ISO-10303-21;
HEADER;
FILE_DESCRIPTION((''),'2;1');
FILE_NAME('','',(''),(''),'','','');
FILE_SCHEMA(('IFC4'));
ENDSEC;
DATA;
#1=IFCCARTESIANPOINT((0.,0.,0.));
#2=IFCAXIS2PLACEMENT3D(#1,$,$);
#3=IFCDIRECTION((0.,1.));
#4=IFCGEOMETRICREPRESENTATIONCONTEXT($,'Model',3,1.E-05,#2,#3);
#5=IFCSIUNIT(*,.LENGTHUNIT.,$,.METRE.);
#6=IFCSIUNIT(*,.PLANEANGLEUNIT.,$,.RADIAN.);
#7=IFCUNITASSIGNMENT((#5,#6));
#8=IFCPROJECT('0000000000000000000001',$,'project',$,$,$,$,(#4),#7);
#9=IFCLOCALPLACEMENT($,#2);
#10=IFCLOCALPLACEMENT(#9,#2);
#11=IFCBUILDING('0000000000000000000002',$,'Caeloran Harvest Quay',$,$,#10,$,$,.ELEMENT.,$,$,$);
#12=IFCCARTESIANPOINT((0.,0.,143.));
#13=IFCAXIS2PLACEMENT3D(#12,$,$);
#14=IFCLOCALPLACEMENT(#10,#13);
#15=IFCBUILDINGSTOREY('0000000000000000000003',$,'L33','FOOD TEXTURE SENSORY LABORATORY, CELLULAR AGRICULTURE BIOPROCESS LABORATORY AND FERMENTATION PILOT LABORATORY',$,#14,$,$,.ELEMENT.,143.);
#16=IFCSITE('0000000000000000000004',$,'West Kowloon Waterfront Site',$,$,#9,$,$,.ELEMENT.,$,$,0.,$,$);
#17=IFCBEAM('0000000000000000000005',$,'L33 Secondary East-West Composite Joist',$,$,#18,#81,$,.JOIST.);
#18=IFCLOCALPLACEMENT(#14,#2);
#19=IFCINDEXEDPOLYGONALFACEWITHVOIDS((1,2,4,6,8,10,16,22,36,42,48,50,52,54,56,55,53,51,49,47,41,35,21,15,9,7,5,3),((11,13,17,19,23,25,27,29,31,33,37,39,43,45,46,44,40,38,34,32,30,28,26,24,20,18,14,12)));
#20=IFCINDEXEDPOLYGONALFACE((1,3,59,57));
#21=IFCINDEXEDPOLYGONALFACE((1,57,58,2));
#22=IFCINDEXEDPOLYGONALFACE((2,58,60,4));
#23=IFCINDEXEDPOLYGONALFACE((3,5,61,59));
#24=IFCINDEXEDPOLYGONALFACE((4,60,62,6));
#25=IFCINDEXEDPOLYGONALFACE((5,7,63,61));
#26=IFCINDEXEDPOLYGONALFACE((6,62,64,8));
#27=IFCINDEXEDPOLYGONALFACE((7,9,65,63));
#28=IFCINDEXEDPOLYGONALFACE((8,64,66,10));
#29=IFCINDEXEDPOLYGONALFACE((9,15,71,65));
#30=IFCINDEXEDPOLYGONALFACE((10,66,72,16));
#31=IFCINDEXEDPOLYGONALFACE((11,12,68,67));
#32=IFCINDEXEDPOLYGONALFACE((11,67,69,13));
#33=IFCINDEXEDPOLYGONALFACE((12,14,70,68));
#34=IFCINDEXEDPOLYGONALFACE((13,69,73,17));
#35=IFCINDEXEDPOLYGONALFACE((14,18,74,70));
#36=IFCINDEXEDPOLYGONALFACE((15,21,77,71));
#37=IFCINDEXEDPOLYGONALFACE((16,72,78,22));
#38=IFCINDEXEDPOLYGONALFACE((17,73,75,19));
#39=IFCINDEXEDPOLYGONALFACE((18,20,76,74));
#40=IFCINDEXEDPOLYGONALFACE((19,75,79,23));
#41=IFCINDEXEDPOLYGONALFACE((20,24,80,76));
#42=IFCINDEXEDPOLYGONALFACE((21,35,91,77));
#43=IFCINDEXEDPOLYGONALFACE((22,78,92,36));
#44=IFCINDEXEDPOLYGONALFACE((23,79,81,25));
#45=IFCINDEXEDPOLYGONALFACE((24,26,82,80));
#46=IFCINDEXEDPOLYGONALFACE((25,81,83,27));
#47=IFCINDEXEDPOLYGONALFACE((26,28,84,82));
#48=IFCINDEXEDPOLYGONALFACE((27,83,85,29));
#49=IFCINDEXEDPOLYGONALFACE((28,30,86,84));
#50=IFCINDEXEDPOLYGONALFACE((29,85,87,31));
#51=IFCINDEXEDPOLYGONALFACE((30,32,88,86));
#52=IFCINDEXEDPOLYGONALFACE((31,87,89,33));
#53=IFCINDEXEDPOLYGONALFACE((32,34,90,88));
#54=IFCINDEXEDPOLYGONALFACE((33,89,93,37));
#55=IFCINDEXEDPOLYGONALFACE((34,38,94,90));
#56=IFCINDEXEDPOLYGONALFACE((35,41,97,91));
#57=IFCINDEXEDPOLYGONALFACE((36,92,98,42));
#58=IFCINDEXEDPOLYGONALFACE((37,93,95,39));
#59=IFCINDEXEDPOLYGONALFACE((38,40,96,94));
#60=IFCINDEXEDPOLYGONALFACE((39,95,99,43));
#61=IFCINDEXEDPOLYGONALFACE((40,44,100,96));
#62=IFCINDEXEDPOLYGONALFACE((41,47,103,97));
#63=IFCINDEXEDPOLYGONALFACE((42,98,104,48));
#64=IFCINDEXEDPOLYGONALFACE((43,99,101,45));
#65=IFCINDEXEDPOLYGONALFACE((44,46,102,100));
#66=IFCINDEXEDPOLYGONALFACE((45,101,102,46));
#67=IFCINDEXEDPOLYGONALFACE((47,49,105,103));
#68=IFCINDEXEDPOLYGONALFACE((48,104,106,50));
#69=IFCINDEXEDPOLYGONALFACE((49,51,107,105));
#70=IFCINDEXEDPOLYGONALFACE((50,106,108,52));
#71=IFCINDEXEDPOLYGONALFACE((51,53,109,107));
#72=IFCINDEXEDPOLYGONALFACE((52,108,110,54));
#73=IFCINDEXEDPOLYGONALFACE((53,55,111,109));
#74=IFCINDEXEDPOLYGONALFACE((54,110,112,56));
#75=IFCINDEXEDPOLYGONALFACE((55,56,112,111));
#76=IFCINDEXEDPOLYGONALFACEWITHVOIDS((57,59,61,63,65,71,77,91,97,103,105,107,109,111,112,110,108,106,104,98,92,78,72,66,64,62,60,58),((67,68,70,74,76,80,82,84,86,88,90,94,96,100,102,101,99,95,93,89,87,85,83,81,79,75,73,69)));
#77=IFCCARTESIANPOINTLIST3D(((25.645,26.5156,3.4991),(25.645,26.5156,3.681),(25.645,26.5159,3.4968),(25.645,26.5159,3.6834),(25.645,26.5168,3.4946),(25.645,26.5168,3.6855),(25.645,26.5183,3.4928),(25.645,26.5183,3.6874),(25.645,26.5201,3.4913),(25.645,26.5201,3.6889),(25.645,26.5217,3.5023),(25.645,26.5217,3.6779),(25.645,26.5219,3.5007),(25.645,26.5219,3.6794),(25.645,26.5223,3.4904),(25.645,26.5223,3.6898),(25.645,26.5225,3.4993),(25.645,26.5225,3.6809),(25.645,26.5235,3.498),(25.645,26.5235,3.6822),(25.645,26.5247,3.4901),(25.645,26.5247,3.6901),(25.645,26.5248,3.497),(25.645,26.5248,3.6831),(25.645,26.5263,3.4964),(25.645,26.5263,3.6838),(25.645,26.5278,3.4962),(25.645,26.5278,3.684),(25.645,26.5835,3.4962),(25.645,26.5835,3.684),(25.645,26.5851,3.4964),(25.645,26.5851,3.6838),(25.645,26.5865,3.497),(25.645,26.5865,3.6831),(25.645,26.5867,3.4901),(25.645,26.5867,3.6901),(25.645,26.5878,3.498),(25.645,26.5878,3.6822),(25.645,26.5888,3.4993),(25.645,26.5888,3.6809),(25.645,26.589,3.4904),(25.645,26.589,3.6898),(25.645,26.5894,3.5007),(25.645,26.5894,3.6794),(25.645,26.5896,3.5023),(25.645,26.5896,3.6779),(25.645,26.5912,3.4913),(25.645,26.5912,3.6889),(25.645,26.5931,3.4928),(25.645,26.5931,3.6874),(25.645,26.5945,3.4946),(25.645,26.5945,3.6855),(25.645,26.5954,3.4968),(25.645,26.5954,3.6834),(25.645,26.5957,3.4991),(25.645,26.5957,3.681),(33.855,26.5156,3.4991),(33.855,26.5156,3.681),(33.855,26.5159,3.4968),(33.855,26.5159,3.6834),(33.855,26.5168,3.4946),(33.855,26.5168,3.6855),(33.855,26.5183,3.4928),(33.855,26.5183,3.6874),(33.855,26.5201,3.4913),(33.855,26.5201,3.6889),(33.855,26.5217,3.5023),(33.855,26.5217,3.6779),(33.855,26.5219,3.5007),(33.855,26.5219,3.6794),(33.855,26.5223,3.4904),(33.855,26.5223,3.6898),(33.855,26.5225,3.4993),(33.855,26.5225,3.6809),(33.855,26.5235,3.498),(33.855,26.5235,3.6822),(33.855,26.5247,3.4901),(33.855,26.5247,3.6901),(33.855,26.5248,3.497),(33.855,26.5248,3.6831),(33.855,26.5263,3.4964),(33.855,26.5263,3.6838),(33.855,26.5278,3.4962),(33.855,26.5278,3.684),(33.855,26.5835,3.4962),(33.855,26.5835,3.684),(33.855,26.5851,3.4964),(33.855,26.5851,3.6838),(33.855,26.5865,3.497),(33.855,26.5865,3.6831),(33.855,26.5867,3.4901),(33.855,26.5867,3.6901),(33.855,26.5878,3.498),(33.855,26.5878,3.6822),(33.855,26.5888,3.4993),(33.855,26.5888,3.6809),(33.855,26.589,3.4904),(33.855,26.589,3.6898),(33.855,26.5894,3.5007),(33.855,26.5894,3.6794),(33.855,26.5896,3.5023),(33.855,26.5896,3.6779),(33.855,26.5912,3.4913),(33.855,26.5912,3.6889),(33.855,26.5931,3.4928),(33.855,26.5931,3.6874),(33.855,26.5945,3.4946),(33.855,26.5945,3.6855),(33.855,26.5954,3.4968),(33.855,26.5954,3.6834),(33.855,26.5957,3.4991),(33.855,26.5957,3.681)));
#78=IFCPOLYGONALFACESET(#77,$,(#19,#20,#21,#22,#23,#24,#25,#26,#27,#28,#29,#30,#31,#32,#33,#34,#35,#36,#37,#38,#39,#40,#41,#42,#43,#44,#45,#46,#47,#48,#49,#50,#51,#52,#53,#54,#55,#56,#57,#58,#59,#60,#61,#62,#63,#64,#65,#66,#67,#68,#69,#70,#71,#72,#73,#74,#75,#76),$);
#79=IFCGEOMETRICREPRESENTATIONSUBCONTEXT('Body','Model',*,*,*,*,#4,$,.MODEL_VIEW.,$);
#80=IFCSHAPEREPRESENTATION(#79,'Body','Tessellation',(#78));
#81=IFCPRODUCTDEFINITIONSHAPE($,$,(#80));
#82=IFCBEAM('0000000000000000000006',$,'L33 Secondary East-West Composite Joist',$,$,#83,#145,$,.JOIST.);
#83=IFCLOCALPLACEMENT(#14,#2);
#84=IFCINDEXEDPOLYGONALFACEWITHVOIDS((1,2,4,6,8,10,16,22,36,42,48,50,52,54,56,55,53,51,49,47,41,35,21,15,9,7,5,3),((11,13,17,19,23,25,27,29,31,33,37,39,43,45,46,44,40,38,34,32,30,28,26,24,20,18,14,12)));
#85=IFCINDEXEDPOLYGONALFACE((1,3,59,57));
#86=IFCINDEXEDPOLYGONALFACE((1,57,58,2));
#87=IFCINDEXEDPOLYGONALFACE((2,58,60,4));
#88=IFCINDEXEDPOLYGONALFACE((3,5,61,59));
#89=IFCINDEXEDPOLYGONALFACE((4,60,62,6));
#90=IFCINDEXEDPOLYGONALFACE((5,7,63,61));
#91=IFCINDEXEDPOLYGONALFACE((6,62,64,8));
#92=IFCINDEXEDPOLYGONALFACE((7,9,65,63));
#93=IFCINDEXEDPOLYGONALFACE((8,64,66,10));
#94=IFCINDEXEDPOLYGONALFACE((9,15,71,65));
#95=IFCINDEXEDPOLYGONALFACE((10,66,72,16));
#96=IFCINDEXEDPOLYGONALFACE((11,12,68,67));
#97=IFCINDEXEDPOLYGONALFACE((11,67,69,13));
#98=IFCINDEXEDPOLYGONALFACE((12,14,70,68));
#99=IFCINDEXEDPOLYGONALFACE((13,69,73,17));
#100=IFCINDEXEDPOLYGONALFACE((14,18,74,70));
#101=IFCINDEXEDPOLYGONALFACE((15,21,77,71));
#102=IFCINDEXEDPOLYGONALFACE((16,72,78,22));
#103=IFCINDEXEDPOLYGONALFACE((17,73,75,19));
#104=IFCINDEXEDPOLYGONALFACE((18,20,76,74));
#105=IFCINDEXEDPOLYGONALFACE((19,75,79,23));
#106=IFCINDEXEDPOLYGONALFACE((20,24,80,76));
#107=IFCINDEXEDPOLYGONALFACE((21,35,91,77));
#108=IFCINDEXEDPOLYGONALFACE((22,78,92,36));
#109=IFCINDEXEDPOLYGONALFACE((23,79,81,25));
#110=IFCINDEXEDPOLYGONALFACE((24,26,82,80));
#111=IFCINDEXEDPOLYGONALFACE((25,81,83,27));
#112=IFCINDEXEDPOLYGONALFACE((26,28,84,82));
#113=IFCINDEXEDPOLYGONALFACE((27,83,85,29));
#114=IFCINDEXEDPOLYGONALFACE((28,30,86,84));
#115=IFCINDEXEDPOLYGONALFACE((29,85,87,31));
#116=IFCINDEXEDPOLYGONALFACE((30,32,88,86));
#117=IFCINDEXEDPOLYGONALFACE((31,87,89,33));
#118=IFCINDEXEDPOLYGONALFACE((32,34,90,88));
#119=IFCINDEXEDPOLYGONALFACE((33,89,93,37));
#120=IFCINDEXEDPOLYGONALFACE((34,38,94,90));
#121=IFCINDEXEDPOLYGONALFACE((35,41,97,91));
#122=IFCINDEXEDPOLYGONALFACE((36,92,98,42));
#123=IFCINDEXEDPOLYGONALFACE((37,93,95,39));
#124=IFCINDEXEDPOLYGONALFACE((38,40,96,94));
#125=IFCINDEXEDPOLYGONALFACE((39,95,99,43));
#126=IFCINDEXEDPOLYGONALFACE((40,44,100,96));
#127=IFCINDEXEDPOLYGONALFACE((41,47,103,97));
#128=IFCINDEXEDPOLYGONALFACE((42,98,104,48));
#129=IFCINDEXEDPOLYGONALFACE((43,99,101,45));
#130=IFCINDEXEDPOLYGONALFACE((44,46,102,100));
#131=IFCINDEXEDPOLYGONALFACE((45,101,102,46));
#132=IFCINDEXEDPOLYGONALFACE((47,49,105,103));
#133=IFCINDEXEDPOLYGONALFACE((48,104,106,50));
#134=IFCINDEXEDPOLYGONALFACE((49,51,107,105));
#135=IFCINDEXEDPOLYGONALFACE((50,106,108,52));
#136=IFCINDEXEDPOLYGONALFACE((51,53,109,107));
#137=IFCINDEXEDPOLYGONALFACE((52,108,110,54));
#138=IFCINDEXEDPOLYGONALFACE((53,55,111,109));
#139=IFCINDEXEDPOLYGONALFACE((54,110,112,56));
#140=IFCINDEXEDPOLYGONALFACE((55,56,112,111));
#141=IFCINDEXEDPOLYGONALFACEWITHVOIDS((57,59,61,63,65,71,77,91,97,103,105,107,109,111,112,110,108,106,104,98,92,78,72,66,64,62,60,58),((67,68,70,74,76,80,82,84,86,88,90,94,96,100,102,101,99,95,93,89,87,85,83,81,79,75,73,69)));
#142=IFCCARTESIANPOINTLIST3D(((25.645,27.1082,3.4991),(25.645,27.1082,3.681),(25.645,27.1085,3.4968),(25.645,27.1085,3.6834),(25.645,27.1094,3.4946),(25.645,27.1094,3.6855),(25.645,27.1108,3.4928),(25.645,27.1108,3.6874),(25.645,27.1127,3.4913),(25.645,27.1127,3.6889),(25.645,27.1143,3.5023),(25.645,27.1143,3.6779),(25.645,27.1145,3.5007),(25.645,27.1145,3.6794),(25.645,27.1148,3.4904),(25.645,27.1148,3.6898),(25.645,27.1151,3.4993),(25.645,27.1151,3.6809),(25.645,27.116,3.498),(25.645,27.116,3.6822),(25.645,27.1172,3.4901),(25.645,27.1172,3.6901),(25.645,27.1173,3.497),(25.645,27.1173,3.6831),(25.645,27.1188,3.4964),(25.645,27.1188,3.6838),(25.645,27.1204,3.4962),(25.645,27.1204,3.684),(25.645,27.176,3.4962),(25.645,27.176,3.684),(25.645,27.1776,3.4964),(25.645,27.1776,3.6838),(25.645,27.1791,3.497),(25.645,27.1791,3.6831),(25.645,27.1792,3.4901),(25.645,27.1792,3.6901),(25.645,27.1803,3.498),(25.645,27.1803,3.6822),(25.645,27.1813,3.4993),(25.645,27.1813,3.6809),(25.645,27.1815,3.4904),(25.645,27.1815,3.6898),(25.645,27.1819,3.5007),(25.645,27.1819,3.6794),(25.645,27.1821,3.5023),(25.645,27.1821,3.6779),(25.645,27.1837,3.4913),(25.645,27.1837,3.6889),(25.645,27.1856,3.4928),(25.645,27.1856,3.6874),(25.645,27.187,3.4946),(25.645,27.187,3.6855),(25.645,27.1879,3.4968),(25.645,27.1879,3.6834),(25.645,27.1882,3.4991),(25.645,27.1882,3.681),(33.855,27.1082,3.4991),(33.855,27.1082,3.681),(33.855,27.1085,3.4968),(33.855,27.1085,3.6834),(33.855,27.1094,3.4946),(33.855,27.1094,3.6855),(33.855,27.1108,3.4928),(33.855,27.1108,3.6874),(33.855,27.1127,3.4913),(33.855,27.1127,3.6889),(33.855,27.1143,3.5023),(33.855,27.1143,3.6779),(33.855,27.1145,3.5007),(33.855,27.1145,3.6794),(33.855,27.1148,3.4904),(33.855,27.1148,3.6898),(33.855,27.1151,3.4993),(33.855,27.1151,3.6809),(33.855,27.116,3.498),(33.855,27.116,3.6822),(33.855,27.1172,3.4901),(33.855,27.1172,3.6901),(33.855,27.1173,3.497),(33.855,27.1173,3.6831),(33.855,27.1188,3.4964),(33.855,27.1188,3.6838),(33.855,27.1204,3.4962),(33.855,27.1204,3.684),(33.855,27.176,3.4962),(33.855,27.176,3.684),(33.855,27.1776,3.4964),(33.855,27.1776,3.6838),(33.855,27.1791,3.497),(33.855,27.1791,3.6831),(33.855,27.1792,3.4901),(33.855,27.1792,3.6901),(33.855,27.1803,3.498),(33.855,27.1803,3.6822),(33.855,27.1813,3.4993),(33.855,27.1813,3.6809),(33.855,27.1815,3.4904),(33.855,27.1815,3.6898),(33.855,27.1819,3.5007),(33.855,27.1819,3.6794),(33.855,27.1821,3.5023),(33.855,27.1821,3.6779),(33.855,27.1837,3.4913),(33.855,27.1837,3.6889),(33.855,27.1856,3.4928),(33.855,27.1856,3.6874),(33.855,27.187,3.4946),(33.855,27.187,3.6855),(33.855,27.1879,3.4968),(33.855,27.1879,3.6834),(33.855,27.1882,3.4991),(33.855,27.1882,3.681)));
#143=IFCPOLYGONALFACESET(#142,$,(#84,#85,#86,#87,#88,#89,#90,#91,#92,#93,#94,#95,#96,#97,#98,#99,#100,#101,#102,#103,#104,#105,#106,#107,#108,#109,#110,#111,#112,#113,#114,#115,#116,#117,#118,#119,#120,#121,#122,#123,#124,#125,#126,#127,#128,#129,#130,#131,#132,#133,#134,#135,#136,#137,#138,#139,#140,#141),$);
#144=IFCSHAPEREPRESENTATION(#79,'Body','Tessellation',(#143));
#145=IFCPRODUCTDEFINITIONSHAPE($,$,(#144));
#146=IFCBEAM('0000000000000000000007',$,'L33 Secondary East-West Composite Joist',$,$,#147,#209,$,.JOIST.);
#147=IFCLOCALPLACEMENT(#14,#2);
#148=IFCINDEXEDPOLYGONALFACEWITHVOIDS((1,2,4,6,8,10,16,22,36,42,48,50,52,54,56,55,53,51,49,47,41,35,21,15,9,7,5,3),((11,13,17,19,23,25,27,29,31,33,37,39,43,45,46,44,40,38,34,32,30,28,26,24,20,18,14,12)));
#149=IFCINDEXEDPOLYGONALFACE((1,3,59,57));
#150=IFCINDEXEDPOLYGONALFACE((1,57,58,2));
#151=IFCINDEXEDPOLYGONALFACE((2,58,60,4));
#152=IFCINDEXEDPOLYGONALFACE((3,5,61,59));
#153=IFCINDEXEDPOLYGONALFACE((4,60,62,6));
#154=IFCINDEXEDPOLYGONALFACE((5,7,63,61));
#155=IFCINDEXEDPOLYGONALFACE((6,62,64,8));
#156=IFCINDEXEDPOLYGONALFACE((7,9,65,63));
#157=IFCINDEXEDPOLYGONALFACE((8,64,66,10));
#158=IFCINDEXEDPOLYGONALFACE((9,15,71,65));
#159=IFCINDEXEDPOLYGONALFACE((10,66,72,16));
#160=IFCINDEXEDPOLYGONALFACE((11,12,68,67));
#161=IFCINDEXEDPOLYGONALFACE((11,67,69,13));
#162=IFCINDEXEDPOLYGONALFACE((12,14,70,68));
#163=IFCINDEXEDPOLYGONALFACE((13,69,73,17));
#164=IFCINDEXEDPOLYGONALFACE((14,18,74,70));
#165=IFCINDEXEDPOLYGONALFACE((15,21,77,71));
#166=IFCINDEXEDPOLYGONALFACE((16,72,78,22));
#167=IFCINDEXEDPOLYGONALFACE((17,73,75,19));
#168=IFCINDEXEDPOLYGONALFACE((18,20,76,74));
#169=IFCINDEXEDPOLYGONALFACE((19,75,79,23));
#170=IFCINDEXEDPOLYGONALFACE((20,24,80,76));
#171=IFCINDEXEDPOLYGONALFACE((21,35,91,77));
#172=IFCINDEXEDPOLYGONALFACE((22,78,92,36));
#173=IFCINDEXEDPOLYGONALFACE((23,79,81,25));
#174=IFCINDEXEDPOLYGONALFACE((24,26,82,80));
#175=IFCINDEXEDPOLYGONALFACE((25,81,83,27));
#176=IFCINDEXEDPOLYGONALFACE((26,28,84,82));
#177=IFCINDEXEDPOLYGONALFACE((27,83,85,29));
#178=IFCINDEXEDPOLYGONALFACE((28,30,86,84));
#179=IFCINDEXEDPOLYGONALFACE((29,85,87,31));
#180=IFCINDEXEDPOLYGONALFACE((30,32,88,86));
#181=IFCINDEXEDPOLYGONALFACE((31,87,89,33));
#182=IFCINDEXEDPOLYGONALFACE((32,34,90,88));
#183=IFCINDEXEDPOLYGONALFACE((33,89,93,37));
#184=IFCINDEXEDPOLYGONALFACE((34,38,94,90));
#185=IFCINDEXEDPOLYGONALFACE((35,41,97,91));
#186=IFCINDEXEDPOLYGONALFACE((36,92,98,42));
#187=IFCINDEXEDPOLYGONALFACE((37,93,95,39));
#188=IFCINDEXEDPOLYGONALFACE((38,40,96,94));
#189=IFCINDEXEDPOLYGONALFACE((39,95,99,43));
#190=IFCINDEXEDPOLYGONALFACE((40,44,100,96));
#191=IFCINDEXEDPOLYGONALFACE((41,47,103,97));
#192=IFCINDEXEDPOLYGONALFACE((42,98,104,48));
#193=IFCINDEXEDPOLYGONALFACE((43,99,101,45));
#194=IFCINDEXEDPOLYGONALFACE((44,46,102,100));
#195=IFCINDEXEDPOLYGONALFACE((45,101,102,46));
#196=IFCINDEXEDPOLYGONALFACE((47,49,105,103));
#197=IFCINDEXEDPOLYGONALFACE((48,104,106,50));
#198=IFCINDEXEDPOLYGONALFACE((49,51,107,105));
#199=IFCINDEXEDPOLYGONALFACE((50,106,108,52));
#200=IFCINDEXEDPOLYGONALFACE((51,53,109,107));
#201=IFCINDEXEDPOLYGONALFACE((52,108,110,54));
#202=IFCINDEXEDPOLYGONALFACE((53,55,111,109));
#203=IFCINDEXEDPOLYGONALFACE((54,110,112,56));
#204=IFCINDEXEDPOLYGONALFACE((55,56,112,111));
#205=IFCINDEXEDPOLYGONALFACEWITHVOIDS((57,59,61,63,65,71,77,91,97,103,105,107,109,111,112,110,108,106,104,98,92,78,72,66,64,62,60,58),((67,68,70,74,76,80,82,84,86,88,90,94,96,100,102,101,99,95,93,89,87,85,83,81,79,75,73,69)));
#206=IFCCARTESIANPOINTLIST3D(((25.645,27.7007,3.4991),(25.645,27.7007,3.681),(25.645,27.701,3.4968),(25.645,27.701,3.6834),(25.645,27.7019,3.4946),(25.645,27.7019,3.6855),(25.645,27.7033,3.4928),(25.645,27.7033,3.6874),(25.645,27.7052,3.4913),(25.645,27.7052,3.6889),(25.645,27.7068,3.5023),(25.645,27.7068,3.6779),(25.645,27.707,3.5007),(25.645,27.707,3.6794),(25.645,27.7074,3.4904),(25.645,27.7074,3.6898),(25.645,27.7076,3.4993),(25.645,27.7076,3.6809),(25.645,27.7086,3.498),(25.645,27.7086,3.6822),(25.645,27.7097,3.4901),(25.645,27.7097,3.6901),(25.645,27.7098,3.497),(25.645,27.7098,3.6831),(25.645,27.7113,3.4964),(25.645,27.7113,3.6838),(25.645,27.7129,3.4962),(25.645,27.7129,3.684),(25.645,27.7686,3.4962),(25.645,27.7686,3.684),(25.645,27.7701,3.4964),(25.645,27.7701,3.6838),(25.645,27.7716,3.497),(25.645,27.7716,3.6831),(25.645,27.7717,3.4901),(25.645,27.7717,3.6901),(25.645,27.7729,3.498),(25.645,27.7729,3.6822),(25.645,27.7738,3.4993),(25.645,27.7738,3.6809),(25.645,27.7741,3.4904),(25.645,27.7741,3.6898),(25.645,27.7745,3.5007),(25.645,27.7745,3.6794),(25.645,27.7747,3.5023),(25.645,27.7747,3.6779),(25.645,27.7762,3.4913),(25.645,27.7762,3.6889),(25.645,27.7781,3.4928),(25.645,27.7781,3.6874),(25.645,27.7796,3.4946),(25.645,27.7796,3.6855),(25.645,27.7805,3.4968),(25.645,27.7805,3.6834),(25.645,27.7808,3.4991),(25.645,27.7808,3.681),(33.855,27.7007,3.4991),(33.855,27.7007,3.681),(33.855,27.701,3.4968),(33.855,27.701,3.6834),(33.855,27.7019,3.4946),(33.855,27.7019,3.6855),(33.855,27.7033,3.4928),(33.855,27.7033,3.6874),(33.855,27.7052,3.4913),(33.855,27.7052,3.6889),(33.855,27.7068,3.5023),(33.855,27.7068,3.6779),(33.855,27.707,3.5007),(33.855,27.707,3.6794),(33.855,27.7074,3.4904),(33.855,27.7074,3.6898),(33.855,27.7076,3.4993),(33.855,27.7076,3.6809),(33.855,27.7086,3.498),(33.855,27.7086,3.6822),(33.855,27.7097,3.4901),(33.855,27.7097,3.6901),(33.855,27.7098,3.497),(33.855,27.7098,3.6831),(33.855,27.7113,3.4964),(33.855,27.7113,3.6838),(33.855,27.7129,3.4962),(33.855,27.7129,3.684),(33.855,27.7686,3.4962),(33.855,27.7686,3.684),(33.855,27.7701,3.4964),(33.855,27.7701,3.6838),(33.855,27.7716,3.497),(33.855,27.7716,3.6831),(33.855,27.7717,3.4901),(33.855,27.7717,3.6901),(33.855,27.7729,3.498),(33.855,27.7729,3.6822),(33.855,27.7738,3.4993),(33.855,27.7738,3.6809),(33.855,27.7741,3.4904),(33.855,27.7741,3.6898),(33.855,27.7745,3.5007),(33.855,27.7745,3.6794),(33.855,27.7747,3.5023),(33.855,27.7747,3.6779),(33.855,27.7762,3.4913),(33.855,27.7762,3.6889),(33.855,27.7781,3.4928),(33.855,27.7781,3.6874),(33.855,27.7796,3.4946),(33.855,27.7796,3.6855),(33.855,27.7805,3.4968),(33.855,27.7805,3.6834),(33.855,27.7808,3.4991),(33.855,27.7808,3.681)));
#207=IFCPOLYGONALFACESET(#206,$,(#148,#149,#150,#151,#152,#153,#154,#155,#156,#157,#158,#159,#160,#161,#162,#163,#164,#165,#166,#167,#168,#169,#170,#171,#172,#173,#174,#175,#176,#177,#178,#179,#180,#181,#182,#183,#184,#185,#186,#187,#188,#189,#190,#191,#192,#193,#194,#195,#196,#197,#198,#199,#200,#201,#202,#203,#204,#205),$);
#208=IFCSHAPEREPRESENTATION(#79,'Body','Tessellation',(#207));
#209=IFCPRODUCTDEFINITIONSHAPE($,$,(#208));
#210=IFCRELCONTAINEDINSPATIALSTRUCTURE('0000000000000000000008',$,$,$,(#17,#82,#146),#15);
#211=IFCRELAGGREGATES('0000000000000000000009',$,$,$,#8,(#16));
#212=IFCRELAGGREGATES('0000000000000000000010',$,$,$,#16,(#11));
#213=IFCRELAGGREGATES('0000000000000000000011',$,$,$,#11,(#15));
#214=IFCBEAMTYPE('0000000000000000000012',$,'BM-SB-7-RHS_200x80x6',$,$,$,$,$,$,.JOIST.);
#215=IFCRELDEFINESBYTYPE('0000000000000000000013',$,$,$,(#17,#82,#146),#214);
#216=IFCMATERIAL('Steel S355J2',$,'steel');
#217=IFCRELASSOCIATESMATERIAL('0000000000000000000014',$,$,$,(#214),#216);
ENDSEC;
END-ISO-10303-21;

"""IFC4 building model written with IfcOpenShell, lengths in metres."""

from ifc_helpers import new_model, si_unit, direction, frame, origin, origin_2d, place, context, subcontext, project, spatial, hollow_rectangle, extrude, material, material_profile, profile_set, type_object, element, save


model = new_model("IFC4")

# Units and contexts
model_context = context("Model", 3, precision=1e-05, world=origin(), true_north=direction((0.0, 1.0)))
body_context = subcontext(model_context, "Body", "Model", "MODEL_VIEW")
ifc_project = project(units=[si_unit("LENGTHUNIT", "METRE"), si_unit("PLANEANGLEUNIT", "RADIAN")], contexts=[model_context])

# Site, building, storey
site_placement = place(None, origin())
site = spatial("IfcSite", under=ifc_project, at=site_placement, Name="West Kowloon Waterfront Site", CompositionType="ELEMENT", RefElevation=0.0)
building_placement = place(site_placement, origin())
building = spatial("IfcBuilding", under=site, at=building_placement, Name="Caeloran Harvest Quay", CompositionType="ELEMENT")
storey_placement = place(building_placement, frame((0.0, 0.0, 143.0)))
storey = spatial("IfcBuildingStorey", under=building, at=storey_placement, Name="L33", Description="FOOD TEXTURE SENSORY LABORATORY, CELLULAR AGRICULTURE BIOPROCESS LABORATORY AND FERMENTATION PILOT LABORATORY", CompositionType="ELEMENT", Elevation=143.0)

# Beams
ifc_material = material(Name="Steel S355J2", Category="steel")
ifc_material_profile_1 = material_profile(ifc_material, hollow_rectangle(XDim=0.0801, YDim=0.2, WallThickness=0.0061, InnerFilletRadius=0.0061, OuterFilletRadius=0.009, at=origin_2d()), Name="RHS 200x80x6")
ifc_profile_set_1 = profile_set([ifc_material_profile_1], Name="Steel S355J2")
beam_type_1 = type_object("IfcBeamType", Name="BM-SB-7-RHS_200x80x6", PredefinedType="JOIST", material=ifc_profile_set_1)
for number, where, z_axis, x_axis, name in (
    (1, (25.645, 26.5557, 3.5901), (1.0, 0.0, 0.0), (0.0, 1.0, 0.0), "L33 Secondary East-West Composite Joist"),
    (2, (25.645, 27.1482, 3.5901), (1.0, 0.0, 0.0), (0.0, 1.0, 0.0), "L33 Secondary East-West Composite Joist"),
    (3, (25.645, 27.7407, 3.5901), (1.0, 0.0, 0.0), (0.0, 1.0, 0.0), "L33 Secondary East-West Composite Joist"),
):
    element("IfcBeam", number, at=place(storey_placement, frame(where, z_axis=z_axis, x_axis=x_axis)), inside=storey, type_object=beam_type_1, Name=name, PredefinedType="JOIST", context=body_context, shape_type="SweptSolid", body=[
        extrude(hollow_rectangle(XDim=0.0801, YDim=0.2, WallThickness=0.0061, InnerFilletRadius=0.0061, OuterFilletRadius=0.009, at=origin_2d()), origin(), (0.0, 0.0, 1.0), 8.21),
    ])

save(model, "model.ifc")
